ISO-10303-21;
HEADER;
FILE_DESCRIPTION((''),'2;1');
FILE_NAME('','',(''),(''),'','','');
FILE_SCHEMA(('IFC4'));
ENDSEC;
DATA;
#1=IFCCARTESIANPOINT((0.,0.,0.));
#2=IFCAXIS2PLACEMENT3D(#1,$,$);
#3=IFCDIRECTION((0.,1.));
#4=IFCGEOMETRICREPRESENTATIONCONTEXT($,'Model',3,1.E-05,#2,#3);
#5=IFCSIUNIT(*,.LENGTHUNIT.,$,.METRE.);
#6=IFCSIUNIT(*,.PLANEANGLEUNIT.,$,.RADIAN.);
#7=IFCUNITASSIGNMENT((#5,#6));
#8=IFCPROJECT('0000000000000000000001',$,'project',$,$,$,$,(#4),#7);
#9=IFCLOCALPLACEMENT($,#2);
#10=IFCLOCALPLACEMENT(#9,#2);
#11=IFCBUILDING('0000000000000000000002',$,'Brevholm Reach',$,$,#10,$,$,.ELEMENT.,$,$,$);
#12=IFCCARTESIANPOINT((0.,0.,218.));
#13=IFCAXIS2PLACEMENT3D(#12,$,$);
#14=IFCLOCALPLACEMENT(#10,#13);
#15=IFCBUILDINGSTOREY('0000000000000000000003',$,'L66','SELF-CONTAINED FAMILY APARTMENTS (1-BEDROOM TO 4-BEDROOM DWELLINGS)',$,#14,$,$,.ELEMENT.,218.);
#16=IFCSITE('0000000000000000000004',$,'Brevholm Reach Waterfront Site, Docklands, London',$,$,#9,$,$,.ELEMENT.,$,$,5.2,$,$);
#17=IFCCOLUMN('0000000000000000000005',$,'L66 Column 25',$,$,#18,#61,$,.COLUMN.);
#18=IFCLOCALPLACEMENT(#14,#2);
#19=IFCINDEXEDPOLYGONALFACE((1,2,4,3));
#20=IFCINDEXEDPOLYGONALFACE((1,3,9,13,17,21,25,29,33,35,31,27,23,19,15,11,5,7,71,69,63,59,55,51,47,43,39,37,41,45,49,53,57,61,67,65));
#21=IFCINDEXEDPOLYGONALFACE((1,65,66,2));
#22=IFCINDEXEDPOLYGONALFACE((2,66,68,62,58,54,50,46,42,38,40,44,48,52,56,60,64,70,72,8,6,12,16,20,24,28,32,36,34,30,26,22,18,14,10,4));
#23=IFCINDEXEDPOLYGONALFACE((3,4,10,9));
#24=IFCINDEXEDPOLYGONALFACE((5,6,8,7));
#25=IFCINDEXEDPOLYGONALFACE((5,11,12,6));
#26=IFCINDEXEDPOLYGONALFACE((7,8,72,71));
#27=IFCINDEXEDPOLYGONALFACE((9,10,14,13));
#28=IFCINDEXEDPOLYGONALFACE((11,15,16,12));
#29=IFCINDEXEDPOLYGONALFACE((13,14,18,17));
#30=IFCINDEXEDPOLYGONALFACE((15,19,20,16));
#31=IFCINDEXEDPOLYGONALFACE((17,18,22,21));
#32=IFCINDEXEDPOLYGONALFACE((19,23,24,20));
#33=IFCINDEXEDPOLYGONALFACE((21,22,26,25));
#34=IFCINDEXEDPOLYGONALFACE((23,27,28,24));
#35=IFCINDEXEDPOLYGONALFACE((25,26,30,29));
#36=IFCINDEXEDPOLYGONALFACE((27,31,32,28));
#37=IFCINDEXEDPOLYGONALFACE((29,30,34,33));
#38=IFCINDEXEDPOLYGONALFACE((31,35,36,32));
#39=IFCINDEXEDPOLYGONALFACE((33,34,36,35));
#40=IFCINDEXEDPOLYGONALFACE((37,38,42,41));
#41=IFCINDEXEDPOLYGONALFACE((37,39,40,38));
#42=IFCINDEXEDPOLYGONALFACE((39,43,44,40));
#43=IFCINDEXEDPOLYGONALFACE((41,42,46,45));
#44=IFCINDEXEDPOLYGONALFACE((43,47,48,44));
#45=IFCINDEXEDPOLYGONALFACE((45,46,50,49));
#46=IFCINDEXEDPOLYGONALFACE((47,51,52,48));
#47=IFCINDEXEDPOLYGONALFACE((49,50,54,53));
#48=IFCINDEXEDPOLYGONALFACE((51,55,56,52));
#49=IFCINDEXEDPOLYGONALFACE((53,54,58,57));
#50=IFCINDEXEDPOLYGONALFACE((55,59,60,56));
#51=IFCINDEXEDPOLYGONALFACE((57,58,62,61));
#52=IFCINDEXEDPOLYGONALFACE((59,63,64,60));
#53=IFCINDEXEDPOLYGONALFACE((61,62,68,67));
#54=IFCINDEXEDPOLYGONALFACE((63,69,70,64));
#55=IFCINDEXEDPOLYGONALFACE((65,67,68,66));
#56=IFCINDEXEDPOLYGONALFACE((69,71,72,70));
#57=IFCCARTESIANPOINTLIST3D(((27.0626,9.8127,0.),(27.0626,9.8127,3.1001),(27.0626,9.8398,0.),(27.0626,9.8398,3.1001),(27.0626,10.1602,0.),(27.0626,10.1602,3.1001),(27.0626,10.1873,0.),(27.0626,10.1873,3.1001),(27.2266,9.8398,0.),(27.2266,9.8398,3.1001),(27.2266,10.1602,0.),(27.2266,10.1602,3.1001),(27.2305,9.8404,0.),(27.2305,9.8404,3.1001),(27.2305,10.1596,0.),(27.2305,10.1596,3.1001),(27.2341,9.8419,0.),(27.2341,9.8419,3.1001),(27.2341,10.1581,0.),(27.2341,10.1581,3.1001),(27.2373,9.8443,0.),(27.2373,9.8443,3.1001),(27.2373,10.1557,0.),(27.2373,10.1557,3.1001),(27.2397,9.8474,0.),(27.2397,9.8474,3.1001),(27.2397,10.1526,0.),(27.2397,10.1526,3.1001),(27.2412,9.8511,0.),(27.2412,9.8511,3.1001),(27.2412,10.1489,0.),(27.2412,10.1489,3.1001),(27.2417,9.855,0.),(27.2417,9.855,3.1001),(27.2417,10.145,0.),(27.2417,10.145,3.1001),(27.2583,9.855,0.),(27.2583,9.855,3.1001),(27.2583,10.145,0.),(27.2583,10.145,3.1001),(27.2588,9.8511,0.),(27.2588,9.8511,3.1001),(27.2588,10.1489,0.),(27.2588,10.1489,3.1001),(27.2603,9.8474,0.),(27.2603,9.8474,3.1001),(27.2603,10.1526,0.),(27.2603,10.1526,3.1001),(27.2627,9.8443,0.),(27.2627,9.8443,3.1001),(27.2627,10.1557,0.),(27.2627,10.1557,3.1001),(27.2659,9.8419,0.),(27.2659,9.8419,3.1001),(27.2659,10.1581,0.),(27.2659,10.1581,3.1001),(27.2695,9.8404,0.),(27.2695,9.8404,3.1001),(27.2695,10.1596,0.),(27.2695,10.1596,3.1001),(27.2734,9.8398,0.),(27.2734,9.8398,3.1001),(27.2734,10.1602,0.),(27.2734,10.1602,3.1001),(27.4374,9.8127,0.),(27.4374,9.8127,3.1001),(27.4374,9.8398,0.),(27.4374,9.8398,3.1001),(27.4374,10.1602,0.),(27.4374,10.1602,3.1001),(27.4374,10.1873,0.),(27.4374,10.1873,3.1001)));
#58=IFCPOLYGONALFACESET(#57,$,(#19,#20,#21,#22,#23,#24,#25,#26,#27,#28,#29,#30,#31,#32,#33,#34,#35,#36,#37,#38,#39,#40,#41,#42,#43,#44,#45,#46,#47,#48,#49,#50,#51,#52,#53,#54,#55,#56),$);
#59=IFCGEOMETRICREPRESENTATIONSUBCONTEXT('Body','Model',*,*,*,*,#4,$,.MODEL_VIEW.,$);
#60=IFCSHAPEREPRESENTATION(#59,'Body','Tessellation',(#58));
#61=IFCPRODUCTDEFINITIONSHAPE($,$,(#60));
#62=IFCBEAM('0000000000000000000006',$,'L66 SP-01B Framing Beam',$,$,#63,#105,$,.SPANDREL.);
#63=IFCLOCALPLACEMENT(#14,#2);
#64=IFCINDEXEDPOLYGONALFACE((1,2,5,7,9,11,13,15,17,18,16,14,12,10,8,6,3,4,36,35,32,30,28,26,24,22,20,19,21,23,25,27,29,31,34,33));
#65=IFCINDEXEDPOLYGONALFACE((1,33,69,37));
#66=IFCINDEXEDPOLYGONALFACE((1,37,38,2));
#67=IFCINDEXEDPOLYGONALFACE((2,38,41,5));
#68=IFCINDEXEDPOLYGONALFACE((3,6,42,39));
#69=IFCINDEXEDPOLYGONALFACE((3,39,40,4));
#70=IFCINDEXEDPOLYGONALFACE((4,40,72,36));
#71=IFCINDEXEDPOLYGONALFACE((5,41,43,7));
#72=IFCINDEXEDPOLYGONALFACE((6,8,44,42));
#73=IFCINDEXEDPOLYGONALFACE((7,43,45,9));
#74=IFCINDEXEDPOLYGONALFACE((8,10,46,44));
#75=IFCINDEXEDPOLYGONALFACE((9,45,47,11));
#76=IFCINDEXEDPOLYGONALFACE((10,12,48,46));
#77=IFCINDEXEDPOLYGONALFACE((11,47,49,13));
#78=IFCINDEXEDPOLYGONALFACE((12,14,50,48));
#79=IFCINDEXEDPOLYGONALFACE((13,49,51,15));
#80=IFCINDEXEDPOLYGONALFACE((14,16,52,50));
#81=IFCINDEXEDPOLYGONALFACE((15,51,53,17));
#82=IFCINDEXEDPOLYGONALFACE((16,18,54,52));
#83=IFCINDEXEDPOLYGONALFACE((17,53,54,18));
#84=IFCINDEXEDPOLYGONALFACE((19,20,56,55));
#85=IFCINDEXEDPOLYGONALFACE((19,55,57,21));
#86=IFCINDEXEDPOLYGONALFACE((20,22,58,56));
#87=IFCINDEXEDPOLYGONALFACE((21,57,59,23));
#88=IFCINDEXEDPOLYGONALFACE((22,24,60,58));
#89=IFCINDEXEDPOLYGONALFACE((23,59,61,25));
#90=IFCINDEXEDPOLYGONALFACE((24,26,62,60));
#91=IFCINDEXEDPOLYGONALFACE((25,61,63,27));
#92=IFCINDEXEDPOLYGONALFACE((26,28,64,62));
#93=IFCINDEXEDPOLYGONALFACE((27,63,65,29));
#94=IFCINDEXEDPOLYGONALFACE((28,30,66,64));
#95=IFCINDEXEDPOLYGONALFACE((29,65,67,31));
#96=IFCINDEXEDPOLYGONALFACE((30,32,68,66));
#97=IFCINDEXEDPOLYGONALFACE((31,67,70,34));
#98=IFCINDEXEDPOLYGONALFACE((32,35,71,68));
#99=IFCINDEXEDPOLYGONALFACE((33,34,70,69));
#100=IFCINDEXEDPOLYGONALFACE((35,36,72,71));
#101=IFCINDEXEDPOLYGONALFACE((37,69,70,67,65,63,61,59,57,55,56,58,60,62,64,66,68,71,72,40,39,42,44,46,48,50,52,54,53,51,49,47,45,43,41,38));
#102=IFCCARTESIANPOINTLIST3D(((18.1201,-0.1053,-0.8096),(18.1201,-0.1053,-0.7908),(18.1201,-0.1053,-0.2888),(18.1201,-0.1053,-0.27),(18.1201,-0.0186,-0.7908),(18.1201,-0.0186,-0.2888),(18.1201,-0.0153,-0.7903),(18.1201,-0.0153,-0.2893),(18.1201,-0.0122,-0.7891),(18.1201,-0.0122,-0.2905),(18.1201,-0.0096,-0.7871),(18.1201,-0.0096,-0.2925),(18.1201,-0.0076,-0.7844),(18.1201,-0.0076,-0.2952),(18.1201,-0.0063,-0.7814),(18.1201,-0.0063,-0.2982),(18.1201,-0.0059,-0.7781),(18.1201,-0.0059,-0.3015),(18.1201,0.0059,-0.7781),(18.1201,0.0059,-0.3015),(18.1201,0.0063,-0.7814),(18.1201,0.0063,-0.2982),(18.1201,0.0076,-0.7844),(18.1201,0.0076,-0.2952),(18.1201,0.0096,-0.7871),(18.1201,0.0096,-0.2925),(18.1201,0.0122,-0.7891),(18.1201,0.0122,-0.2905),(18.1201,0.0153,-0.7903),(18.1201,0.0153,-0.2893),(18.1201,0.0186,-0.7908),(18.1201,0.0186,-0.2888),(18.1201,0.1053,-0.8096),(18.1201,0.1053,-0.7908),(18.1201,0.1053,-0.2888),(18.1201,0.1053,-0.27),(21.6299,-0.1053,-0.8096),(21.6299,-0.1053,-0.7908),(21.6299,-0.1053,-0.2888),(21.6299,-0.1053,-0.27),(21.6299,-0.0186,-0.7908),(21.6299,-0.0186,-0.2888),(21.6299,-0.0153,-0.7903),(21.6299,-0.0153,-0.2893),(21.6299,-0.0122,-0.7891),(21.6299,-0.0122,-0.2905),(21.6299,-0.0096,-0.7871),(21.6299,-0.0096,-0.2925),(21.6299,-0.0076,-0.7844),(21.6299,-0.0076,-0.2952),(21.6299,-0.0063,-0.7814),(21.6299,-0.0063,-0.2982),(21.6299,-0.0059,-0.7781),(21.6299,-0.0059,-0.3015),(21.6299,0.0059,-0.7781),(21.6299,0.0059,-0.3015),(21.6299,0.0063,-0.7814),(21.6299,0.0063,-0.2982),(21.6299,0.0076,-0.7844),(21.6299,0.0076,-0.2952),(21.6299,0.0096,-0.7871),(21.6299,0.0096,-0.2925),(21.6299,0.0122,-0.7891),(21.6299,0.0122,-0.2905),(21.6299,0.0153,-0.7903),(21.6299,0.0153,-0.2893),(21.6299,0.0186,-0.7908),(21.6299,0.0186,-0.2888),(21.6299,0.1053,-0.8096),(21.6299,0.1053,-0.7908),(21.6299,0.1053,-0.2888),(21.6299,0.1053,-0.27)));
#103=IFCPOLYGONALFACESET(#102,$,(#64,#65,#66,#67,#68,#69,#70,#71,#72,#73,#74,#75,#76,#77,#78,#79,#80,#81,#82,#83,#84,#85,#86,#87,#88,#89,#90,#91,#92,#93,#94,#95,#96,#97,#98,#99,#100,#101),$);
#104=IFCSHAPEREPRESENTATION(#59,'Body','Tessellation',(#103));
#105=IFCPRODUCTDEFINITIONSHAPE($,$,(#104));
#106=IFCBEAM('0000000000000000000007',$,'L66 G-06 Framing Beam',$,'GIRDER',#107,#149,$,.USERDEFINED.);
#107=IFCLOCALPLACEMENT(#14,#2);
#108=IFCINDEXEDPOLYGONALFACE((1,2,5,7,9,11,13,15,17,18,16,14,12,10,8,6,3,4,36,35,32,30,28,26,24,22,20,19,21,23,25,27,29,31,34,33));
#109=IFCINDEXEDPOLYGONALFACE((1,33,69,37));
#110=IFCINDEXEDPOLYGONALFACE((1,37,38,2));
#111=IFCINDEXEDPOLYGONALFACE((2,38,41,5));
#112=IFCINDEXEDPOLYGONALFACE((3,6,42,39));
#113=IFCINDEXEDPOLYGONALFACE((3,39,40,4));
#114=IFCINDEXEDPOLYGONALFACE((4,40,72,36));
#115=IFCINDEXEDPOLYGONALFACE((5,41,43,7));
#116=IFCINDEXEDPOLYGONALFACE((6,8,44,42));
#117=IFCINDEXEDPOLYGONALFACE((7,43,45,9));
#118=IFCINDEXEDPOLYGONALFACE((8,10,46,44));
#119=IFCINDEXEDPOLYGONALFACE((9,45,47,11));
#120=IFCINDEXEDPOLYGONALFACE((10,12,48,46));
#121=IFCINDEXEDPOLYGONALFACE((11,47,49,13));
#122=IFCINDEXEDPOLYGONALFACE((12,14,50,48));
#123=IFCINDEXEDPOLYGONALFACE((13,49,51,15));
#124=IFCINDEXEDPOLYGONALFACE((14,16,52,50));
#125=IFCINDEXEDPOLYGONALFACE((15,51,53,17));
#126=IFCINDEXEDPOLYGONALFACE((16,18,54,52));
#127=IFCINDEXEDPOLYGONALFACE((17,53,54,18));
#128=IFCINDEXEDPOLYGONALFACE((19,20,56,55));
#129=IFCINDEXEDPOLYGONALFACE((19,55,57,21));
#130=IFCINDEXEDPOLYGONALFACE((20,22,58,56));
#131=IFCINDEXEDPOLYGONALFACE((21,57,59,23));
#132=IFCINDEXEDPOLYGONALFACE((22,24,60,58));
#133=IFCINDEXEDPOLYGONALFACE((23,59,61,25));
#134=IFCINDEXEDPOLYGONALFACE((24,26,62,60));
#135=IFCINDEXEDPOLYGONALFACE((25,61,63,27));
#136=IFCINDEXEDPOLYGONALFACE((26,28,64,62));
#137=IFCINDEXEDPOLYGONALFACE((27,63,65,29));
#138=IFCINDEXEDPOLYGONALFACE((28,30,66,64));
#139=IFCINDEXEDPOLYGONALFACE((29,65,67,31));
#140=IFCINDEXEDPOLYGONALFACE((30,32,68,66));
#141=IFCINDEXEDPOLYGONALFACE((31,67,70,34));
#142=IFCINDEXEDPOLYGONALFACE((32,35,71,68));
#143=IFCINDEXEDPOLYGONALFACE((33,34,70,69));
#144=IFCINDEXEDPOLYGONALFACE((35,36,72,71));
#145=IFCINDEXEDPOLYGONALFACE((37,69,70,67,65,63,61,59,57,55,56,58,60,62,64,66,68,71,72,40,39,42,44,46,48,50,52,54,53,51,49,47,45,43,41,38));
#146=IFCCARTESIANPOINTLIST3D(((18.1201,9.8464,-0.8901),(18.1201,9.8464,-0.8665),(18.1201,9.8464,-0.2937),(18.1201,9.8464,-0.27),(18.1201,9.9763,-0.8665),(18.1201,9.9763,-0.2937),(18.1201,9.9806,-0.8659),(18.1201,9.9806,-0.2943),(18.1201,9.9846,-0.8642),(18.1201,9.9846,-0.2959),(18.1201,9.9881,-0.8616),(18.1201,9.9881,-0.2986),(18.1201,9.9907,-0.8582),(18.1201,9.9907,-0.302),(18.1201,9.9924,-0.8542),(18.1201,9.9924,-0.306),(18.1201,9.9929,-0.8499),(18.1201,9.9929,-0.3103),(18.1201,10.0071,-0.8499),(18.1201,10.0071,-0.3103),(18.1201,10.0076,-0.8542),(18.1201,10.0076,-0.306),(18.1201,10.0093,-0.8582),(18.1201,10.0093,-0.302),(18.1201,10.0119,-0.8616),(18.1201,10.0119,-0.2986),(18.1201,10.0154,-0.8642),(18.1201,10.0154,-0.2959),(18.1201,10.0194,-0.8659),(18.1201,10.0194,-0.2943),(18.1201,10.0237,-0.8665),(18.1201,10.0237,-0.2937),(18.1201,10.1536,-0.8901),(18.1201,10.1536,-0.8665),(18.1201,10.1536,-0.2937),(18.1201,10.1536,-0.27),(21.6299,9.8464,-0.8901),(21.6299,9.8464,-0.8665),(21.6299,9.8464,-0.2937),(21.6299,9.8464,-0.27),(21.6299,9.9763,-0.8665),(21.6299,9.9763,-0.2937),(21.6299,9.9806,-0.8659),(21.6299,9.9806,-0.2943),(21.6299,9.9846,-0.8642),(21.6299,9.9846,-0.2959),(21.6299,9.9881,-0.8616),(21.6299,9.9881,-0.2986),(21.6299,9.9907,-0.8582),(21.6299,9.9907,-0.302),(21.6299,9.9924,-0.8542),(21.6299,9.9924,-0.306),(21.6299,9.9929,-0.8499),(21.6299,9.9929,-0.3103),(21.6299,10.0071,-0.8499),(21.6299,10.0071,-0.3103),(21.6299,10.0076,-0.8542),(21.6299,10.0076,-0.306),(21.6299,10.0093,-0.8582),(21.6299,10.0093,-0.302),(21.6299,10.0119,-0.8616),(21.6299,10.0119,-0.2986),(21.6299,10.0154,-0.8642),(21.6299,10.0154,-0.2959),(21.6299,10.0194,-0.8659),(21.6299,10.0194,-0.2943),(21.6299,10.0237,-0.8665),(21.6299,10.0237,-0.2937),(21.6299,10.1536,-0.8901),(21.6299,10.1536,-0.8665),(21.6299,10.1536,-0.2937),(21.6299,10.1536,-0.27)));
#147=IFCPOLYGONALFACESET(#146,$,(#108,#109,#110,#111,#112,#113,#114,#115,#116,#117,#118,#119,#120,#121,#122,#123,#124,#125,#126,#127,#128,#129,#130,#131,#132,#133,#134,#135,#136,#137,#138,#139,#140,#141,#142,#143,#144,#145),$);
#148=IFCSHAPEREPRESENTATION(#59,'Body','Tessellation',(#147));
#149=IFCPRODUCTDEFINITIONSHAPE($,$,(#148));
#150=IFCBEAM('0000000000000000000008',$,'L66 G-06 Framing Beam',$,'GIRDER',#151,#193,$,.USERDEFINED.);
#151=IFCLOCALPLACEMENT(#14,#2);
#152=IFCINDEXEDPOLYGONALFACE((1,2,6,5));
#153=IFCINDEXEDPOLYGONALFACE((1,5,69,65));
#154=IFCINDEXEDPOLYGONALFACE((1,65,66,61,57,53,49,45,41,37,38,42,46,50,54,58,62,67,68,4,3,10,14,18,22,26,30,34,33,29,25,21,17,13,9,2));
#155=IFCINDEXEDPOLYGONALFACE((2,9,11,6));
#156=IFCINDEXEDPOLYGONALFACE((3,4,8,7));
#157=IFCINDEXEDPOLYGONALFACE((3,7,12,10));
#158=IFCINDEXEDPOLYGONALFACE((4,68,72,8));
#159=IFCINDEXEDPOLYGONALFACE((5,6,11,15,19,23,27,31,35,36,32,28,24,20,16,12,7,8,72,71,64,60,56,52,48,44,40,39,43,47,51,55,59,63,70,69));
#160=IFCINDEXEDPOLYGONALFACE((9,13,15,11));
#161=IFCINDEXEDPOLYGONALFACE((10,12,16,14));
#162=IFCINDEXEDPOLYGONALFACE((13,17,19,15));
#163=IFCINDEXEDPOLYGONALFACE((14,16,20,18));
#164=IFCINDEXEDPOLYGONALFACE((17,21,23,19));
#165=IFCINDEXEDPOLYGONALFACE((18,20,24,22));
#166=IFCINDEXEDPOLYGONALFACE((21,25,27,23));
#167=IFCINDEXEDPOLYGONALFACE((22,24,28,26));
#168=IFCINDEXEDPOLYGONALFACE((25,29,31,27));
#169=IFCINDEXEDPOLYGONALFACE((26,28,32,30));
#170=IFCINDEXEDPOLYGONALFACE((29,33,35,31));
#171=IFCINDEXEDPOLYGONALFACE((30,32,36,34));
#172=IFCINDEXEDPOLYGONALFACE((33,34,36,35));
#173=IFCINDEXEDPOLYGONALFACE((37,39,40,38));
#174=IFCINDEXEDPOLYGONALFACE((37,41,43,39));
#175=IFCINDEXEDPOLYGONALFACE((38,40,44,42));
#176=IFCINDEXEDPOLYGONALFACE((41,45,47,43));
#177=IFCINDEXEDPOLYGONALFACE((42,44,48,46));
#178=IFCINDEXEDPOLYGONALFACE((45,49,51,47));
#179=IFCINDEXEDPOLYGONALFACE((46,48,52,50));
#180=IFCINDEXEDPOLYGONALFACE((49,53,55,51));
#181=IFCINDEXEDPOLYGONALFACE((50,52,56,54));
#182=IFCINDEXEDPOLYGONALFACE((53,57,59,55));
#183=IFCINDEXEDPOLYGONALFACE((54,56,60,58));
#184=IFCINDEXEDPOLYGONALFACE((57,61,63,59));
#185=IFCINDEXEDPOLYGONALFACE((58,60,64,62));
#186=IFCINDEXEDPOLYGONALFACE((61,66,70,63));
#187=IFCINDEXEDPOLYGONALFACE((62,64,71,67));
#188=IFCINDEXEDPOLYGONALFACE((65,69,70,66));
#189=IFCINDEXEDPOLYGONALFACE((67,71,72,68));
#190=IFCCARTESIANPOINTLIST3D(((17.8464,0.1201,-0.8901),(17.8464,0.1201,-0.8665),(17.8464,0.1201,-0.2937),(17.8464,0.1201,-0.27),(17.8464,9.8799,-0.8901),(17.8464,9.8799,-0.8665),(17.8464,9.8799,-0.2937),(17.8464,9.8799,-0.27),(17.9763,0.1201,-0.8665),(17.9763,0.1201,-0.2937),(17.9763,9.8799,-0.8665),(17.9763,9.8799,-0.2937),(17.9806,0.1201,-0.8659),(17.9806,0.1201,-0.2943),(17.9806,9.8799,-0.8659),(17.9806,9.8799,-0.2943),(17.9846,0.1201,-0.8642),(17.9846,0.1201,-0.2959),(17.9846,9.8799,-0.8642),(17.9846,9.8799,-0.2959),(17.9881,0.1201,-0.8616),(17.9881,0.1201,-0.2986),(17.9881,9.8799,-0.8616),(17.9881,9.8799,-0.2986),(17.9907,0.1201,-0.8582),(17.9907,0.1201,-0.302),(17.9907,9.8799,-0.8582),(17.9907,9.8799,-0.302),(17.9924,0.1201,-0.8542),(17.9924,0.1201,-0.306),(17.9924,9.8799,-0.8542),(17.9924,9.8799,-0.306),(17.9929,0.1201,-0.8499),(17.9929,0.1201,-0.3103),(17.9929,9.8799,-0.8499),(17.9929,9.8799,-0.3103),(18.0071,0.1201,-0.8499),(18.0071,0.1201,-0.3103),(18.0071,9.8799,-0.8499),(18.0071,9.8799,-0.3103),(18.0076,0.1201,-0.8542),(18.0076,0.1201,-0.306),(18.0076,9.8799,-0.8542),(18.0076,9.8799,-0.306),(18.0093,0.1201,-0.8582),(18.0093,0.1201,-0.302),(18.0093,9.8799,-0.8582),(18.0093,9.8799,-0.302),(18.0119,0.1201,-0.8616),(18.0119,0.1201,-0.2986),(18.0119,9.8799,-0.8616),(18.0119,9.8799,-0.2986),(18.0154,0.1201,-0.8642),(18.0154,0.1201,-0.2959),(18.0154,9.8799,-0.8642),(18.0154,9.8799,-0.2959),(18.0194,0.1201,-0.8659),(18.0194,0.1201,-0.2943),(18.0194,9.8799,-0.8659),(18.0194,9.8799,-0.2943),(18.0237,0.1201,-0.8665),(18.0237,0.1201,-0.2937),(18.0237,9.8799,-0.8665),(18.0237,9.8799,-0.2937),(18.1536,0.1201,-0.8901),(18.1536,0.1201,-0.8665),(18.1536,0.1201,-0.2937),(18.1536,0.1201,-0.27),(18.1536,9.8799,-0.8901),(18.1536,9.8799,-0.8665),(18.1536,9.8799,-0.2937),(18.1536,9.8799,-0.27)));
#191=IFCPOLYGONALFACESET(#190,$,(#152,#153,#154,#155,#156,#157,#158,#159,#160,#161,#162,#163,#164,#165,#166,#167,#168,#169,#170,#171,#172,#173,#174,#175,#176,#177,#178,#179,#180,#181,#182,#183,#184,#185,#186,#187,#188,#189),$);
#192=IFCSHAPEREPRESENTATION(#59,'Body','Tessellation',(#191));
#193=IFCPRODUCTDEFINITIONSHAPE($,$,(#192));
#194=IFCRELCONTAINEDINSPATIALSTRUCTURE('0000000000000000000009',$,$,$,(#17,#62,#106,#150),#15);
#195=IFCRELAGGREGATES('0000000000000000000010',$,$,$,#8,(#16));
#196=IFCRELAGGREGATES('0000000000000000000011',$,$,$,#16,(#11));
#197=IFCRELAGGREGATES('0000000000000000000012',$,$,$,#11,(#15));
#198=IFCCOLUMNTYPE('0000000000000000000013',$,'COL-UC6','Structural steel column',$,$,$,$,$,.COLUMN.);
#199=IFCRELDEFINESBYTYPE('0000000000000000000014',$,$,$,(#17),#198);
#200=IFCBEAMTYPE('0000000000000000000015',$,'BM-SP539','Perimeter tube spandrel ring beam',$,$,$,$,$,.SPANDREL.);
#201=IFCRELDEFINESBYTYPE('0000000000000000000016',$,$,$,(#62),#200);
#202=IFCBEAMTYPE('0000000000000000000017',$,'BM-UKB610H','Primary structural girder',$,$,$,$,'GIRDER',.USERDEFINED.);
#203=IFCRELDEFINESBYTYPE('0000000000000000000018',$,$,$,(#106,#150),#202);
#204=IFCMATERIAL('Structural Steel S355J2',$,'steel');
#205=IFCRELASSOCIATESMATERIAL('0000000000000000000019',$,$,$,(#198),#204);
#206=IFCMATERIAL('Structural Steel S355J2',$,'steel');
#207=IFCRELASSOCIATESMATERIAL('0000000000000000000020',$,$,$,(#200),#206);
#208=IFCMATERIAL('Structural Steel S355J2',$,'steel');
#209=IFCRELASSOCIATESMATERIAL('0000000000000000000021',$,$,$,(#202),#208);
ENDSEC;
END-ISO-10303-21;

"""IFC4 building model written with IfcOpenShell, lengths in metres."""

from ifc_helpers import new_model, si_unit, direction, frame, origin, origin_2d, place, context, subcontext, project, spatial, i_section, extrude, material, material_profile, profile_set, type_object, element, save


model = new_model("IFC4")

# Units and contexts
model_context = context("Model", 3, precision=1e-05, world=origin(), true_north=direction((0.0, 1.0)))
body_context = subcontext(model_context, "Body", "Model", "MODEL_VIEW")
ifc_project = project(units=[si_unit("LENGTHUNIT", "METRE"), si_unit("PLANEANGLEUNIT", "RADIAN")], contexts=[model_context])

# Site, building, storey
site_placement = place(None, origin())
site = spatial("IfcSite", under=ifc_project, at=site_placement, Name="Brevholm Reach Waterfront Site, Docklands, London", CompositionType="ELEMENT", RefElevation=5.2)
building_placement = place(site_placement, origin())
building = spatial("IfcBuilding", under=site, at=building_placement, Name="Brevholm Reach", CompositionType="ELEMENT")
storey_placement = place(building_placement, frame((0.0, 0.0, 218.0)))
storey = spatial("IfcBuildingStorey", under=building, at=storey_placement, Name="L66", Description="SELF-CONTAINED FAMILY APARTMENTS (1-BEDROOM TO 4-BEDROOM DWELLINGS)", CompositionType="ELEMENT", Elevation=218.0)

# Column
ifc_material_1 = material(Name="Structural Steel S355J2", Category="steel")
ifc_material_profile_1 = material_profile(ifc_material_1, i_section(OverallWidth=0.3748, OverallDepth=0.3745, WebThickness=0.0166, FlangeThickness=0.0271, FilletRadius=0.0151, at=origin_2d()), Name="UKC 356x368x202")
ifc_profile_set_1 = profile_set([ifc_material_profile_1], Name="Structural Steel S355J2")
column_type = type_object("IfcColumnType", Name="COL-UC6", Description="Structural steel column", PredefinedType="COLUMN", material=ifc_profile_set_1)
for number, where, z_axis, x_axis, name in (
    (1, (27.25, 10.0, 0.0), (0.0, 0.0, 1.0), (1.0, 0.0, 0.0), "L66 Column 25"),
):
    element("IfcColumn", number, at=place(storey_placement, frame(where, z_axis=z_axis, x_axis=x_axis)), inside=storey, type_object=column_type, Name=name, PredefinedType="COLUMN", context=body_context, shape_type="SweptSolid", body=[
        extrude(i_section(OverallWidth=0.3748, OverallDepth=0.3745, WebThickness=0.0166, FlangeThickness=0.0271, FilletRadius=0.0151, at=origin_2d()), origin(), (0.0, 0.0, 1.0), 3.1001),
    ])

# Beams
ifc_material_2 = material(Name="Structural Steel S355J2", Category="steel")
ifc_material_profile_2 = material_profile(ifc_material_2, i_section(OverallWidth=0.2107, OverallDepth=0.5396, WebThickness=0.0117, FlangeThickness=0.0188, FilletRadius=0.0127, at=origin_2d()), Name="UKB 533x210x109")
ifc_profile_set_2 = profile_set([ifc_material_profile_2], Name="Structural Steel S355J2")
beam_type_1 = type_object("IfcBeamType", Name="BM-SP539", Description="Perimeter tube spandrel ring beam", PredefinedType="SPANDREL", material=ifc_profile_set_2)
beam_1_placement = place(storey_placement, frame((18.1201, 0.0, -0.5398), z_axis=(1.0, 0.0, 0.0), x_axis=(0.0, 1.0, 0.0)))
element("IfcBeam", 2, at=beam_1_placement, inside=storey, type_object=beam_type_1, Name="L66 SP-01B Framing Beam", PredefinedType="SPANDREL", context=body_context, shape_type="SweptSolid", body=[
    extrude(i_section(OverallWidth=0.2107, OverallDepth=0.5396, WebThickness=0.0117, FlangeThickness=0.0188, FilletRadius=0.0127, at=origin_2d()), origin(), (0.0, 0.0, 1.0), 3.5098),
])
ifc_material_3 = material(Name="Structural Steel S355J2", Category="steel")
ifc_material_profile_3 = material_profile(ifc_material_3, i_section(OverallWidth=0.3071, OverallDepth=0.6201, WebThickness=0.0142, FlangeThickness=0.0237, FilletRadius=0.0166, at=origin_2d()), Name="UKB 610x305x179")
ifc_profile_set_3 = profile_set([ifc_material_profile_3], Name="Structural Steel S355J2")
beam_type_2 = type_object("IfcBeamType", Name="BM-UKB610H", Description="Primary structural girder", ElementType="GIRDER", PredefinedType="USERDEFINED", material=ifc_profile_set_3)
beam_2_placement = place(storey_placement, frame((18.1201, 10.0, -0.5801), z_axis=(1.0, 0.0, 0.0), x_axis=(0.0, 1.0, 0.0)))
element("IfcBeam", 3, at=beam_2_placement, inside=storey, type_object=beam_type_2, Name="L66 G-06 Framing Beam", ObjectType="GIRDER", PredefinedType="USERDEFINED", context=body_context, shape_type="SweptSolid", body=[
    extrude(i_section(OverallWidth=0.3071, OverallDepth=0.6201, WebThickness=0.0142, FlangeThickness=0.0237, FilletRadius=0.0166, at=origin_2d()), origin(), (0.0, 0.0, 1.0), 3.5098),
])
beam_3_placement = place(storey_placement, frame((18.0, 0.1201, -0.5801), z_axis=(0.0, 1.0, 0.0), x_axis=(-1.0, 0.0, 0.0)))
element("IfcBeam", 4, at=beam_3_placement, inside=storey, type_object=beam_type_2, Name="L66 G-06 Framing Beam", ObjectType="GIRDER", PredefinedType="USERDEFINED", context=body_context, shape_type="SweptSolid", body=[
    extrude(i_section(OverallWidth=0.3071, OverallDepth=0.6201, WebThickness=0.0142, FlangeThickness=0.0237, FilletRadius=0.0166, at=origin_2d()), origin(), (0.0, 0.0, 1.0), 9.7598),
])

save(model, "model.ifc")
